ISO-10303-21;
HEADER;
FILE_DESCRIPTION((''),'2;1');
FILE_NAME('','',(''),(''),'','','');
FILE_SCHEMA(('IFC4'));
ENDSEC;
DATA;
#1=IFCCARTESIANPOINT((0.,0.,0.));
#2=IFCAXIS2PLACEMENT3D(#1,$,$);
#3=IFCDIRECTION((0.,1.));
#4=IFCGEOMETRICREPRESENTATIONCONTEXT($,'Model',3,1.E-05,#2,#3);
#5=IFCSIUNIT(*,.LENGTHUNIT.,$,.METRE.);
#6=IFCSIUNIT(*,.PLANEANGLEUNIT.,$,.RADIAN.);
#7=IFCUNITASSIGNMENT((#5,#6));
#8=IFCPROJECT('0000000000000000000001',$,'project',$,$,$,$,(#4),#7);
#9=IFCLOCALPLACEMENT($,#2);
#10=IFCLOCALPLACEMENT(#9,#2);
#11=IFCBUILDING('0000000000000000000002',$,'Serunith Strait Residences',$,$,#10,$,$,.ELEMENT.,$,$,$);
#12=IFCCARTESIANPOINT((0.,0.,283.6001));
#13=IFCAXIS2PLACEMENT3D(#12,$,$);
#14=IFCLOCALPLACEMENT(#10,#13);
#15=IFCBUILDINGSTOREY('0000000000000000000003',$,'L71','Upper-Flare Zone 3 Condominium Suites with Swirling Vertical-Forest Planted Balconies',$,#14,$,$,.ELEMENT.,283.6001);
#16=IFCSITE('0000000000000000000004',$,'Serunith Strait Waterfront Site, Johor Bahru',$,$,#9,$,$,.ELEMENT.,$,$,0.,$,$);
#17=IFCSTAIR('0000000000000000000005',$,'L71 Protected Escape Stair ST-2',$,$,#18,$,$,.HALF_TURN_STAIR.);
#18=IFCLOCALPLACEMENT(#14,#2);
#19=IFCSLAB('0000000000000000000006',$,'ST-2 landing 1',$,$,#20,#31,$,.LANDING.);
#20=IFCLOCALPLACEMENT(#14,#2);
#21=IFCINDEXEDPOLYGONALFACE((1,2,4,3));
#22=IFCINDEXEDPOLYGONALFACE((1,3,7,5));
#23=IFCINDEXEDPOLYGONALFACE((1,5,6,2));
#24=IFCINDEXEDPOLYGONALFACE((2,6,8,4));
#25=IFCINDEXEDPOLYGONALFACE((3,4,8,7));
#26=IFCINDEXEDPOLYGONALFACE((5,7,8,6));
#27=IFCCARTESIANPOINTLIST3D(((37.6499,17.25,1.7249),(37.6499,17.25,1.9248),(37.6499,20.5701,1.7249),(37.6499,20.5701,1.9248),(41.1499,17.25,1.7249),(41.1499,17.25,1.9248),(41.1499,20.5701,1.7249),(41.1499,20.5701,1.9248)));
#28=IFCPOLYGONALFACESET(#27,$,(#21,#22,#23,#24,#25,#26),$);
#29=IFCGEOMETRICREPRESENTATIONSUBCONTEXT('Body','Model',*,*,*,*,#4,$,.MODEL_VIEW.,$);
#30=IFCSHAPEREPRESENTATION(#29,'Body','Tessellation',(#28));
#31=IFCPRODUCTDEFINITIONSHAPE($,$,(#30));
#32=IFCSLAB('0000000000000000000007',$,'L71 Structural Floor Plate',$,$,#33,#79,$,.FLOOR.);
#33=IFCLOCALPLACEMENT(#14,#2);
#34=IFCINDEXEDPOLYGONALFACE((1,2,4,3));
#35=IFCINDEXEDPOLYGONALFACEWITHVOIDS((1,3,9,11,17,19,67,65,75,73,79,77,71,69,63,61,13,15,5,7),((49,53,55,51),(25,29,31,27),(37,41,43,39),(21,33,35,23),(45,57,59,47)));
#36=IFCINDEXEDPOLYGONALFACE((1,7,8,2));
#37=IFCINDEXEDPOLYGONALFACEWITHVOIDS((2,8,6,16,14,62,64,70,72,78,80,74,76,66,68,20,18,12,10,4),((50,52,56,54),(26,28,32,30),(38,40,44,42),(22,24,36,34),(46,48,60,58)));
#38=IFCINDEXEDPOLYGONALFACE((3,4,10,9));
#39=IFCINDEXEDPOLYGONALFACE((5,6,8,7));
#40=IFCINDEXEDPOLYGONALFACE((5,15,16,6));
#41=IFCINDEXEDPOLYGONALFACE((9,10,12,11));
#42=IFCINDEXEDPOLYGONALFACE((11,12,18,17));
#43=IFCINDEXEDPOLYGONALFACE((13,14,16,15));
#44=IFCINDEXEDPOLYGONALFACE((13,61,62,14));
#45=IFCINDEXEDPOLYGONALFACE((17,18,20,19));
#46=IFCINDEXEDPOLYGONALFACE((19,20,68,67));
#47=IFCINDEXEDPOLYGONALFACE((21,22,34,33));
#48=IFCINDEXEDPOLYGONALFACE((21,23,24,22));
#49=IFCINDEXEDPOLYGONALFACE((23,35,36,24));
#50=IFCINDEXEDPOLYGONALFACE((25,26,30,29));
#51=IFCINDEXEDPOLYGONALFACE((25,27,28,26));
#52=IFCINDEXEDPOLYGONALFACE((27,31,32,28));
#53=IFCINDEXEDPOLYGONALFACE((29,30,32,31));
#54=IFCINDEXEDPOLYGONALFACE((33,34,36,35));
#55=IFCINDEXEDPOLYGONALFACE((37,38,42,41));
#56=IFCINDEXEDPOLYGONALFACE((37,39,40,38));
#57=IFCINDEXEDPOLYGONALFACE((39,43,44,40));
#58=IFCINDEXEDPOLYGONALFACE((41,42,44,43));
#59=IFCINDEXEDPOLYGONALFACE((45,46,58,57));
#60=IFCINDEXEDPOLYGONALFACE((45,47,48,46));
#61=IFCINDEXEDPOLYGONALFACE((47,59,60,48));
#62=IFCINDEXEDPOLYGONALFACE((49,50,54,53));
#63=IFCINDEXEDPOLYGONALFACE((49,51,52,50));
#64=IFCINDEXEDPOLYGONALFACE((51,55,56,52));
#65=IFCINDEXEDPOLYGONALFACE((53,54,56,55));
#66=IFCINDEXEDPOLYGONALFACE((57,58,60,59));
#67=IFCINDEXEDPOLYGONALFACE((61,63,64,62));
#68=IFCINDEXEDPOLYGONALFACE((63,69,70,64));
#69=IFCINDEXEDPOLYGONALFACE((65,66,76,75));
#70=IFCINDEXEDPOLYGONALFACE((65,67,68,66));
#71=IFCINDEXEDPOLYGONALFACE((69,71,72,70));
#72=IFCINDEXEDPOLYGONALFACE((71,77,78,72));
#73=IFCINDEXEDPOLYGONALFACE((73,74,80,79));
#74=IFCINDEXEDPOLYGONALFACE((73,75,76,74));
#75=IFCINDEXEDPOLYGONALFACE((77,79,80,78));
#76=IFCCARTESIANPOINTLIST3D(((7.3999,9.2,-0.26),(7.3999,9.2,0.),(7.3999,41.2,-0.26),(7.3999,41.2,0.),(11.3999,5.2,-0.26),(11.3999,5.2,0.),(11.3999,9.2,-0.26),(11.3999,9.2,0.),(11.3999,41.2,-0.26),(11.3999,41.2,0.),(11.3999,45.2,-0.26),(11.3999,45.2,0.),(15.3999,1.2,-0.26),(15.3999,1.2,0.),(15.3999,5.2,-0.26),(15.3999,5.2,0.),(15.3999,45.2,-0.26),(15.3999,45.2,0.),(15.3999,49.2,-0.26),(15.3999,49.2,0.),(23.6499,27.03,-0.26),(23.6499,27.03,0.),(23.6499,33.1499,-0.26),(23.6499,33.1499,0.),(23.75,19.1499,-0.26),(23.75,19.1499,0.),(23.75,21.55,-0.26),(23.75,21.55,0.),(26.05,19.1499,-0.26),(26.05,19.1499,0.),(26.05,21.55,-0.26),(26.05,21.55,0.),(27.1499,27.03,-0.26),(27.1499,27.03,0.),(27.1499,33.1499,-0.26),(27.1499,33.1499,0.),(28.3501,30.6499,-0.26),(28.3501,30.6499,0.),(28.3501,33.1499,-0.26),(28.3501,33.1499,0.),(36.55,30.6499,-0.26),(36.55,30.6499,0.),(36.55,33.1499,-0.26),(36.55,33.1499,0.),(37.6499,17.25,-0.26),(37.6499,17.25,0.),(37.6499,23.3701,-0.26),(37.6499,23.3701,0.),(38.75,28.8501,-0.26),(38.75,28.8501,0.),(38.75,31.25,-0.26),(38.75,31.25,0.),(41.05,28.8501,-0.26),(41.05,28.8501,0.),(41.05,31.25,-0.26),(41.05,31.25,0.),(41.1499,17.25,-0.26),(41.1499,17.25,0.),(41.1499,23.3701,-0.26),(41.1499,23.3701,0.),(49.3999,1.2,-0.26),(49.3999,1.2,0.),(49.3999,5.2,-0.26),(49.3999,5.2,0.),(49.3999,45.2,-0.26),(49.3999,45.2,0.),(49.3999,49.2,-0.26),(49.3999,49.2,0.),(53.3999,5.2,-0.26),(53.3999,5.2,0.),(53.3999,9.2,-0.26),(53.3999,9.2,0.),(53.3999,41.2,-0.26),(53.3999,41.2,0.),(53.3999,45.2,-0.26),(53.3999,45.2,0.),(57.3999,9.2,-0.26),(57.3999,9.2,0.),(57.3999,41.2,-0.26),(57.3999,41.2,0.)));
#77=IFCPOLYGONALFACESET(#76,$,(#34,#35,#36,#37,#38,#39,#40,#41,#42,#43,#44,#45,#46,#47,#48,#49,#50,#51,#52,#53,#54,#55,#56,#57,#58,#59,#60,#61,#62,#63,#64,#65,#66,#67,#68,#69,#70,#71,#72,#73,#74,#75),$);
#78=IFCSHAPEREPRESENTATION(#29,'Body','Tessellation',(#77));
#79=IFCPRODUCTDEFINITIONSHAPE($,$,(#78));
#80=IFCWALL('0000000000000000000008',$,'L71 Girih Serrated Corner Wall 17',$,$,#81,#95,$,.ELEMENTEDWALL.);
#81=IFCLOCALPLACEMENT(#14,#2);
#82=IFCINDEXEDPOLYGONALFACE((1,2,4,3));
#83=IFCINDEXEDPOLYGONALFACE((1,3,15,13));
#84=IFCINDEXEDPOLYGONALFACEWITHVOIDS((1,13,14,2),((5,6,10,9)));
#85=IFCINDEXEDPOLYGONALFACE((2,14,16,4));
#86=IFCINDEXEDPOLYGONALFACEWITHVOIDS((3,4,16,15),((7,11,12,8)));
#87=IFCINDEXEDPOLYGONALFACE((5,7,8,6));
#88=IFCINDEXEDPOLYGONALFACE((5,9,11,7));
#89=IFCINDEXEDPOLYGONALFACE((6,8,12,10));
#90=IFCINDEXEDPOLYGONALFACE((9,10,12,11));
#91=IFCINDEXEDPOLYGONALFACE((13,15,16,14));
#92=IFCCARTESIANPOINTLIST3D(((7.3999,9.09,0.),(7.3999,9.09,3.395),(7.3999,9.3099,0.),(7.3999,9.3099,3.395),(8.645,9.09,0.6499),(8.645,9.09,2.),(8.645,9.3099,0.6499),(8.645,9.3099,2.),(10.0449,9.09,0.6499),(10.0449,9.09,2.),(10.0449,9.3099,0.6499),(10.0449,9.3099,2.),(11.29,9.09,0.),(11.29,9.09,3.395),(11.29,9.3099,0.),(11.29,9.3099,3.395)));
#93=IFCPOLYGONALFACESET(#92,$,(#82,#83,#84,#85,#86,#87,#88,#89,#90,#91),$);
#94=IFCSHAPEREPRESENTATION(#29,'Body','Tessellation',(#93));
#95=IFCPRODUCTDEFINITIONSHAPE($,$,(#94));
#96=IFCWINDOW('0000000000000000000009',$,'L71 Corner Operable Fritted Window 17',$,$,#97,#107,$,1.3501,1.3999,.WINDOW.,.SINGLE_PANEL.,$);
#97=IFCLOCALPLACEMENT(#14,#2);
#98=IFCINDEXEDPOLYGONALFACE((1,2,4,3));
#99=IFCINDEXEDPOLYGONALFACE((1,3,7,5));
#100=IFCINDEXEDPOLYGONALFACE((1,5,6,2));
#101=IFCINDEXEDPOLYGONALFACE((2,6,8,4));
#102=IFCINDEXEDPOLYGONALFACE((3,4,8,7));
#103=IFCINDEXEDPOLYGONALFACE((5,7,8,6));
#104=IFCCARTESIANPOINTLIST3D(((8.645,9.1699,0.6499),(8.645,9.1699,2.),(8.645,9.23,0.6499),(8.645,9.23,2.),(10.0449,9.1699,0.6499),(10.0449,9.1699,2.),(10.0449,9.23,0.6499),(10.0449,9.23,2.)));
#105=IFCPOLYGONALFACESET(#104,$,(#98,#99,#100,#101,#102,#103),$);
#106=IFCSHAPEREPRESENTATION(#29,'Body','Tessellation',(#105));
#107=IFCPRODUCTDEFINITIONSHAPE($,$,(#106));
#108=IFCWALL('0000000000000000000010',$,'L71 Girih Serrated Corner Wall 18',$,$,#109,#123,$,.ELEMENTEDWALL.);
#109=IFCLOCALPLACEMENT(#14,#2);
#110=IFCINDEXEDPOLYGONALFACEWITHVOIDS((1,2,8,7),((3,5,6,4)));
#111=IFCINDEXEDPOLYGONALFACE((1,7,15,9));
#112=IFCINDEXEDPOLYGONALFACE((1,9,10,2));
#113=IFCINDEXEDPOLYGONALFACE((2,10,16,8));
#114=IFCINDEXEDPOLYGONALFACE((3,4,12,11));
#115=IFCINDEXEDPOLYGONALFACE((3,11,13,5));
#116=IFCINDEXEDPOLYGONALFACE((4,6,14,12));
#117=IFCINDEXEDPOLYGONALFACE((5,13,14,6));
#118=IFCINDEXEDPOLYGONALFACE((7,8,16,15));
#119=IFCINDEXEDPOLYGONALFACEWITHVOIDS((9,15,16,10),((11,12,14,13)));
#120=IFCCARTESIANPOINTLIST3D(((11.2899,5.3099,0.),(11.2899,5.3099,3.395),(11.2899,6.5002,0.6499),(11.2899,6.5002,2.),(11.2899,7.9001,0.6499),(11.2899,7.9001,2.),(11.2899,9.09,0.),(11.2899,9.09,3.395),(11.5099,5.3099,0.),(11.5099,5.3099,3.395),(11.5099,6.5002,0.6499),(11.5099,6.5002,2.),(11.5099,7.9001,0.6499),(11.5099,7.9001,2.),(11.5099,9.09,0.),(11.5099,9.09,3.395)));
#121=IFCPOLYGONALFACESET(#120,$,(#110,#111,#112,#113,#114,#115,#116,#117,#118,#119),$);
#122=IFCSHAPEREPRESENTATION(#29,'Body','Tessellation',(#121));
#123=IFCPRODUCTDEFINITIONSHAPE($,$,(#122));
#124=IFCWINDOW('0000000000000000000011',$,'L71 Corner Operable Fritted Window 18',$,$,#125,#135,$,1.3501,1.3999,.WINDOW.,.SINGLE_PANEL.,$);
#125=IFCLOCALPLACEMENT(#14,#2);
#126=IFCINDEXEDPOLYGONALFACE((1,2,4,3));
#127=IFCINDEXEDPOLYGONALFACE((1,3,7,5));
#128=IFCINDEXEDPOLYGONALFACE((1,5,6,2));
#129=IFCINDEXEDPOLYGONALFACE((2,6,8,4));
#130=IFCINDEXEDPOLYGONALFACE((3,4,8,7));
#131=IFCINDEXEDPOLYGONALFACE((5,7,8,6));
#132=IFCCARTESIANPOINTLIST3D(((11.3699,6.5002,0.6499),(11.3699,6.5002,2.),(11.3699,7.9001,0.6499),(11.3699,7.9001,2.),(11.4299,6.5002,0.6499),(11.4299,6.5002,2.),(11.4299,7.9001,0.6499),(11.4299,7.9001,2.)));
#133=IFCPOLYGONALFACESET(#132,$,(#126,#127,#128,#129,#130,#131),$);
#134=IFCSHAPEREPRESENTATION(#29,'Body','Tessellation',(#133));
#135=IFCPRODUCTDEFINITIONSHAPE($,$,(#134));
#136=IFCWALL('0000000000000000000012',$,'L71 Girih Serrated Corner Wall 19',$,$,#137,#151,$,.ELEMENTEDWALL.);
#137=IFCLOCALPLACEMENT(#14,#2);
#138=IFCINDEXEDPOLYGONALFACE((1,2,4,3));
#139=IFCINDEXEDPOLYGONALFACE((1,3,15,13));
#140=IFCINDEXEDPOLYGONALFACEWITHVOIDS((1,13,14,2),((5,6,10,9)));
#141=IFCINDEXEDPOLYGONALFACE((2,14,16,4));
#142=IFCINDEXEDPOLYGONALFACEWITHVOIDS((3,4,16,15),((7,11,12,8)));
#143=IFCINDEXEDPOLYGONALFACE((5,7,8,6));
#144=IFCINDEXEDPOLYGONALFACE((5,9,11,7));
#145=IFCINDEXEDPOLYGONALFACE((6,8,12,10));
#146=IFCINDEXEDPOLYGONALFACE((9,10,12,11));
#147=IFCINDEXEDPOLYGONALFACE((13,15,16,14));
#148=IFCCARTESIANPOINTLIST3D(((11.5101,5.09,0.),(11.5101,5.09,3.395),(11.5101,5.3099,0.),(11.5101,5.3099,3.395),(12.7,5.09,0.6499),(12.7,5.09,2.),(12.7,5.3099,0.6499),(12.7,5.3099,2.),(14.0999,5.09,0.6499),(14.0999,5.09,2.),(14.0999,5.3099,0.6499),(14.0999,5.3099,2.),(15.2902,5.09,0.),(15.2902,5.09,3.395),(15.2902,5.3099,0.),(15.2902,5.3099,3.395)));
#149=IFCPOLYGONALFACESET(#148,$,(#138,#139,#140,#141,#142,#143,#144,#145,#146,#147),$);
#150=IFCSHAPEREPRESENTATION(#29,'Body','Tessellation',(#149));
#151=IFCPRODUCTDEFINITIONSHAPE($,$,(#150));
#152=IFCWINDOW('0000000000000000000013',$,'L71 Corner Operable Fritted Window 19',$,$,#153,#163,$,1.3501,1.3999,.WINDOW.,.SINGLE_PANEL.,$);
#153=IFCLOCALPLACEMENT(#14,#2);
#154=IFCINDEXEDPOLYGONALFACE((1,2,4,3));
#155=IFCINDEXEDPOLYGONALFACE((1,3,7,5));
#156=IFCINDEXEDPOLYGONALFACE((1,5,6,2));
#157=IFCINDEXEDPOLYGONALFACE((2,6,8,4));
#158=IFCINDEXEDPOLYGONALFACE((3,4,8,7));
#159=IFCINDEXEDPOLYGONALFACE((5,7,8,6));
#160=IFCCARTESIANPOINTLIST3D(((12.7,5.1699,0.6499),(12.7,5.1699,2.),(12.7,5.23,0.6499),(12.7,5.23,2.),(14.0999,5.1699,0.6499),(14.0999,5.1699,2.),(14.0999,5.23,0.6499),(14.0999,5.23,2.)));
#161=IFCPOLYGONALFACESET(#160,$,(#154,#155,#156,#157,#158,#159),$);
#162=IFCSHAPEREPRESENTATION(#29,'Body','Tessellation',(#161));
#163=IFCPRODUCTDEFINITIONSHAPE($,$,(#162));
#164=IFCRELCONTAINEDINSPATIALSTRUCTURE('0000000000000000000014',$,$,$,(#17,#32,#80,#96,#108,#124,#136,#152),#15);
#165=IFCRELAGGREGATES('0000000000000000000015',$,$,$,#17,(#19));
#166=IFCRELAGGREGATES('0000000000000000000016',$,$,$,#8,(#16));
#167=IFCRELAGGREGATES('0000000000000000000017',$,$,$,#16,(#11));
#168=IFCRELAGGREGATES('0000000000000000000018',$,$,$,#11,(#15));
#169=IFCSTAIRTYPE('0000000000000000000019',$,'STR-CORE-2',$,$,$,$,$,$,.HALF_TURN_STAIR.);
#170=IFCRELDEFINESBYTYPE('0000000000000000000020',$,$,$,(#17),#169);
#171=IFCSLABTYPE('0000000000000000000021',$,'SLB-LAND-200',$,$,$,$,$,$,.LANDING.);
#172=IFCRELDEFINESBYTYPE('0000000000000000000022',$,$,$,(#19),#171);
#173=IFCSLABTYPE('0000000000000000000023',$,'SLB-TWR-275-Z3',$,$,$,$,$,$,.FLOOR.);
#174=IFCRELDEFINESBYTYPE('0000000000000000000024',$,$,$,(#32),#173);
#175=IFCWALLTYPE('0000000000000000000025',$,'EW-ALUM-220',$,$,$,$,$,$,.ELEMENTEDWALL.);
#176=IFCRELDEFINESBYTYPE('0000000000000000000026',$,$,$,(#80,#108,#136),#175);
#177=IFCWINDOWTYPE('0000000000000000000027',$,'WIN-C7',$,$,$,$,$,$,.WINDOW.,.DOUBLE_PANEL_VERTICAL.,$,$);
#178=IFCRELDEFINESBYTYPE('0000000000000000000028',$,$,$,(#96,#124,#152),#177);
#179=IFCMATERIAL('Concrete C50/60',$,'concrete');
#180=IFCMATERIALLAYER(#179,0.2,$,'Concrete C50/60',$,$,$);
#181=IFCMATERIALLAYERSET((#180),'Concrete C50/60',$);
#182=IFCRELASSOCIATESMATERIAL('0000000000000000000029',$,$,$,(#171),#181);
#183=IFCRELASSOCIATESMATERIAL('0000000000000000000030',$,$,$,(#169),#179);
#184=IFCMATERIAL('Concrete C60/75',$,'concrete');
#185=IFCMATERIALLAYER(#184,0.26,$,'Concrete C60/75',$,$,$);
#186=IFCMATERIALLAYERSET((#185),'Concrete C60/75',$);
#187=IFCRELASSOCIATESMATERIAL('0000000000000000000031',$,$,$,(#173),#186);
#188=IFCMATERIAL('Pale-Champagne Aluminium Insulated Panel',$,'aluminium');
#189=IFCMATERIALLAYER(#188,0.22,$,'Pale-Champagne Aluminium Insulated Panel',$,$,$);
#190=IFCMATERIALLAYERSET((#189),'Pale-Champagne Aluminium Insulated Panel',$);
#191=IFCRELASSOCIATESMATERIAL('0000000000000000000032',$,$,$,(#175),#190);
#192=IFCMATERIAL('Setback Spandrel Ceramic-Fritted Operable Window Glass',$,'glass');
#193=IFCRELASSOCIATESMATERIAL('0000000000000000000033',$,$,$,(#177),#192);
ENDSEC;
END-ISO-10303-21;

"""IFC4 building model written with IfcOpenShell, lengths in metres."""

from ifc_helpers import new_model, si_unit, direction, frame, frame_2d, origin, place, context, subcontext, project, spatial, polyline, rectangle, outline, extrude, source, transform, mapped, material, layer, layer_set, type_object, element, fill, aggregate, save


model = new_model("IFC4")

# Units and contexts
model_context = context("Model", 3, precision=1e-05, world=origin(), true_north=direction((0.0, 1.0)))
body_context = subcontext(model_context, "Body", "Model", "MODEL_VIEW")
ifc_project = project(units=[si_unit("LENGTHUNIT", "METRE"), si_unit("PLANEANGLEUNIT", "RADIAN")], contexts=[model_context])

# Site, building, storey
site_placement = place(None, origin())
site = spatial("IfcSite", under=ifc_project, at=site_placement, Name="Serunith Strait Waterfront Site, Johor Bahru", CompositionType="ELEMENT", RefElevation=0.0)
building_placement = place(site_placement, origin())
building = spatial("IfcBuilding", under=site, at=building_placement, Name="Serunith Strait Residences", CompositionType="ELEMENT")
storey_placement = place(building_placement, frame((0.0, 0.0, 283.6001)))
storey = spatial("IfcBuildingStorey", under=building, at=storey_placement, Name="L71", Description="Upper-Flare Zone 3 Condominium Suites with Swirling Vertical-Forest Planted Balconies", CompositionType="ELEMENT", Elevation=283.6001)

# Shared definitions
ifc_material_1 = material(Name="Concrete C50/60", Category="concrete")

# Stair, slab
ifc_layer_1 = layer(ifc_material_1, 0.2, Name="Concrete C50/60")
ifc_layer_set_1 = layer_set([ifc_layer_1], Name="Concrete C50/60")
slab_type_1 = type_object("IfcSlabType", Name="SLB-LAND-200", PredefinedType="LANDING", material=ifc_layer_set_1)
stair_type_1 = type_object("IfcStairType", Name="STR-CORE-2", PredefinedType="HALF_TURN_STAIR", material=ifc_material_1)
stair_1_placement = place(storey_placement, origin())
stair_1 = element("IfcStair", 1, at=stair_1_placement, inside=storey, type_object=stair_type_1, Name="L71 Protected Escape Stair ST-2", PredefinedType="HALF_TURN_STAIR")
slab_1_placement = place(storey_placement, frame((0.0, 0.0, 1.7249)))
slab_1 = element("IfcSlab", 2, at=slab_1_placement, type_object=slab_type_1, Name="ST-2 landing 1", PredefinedType="LANDING", context=body_context, shape_type="SweptSolid", body=[
    extrude(outline(polyline([(37.6499, 20.5701), (37.6499, 17.25), (41.1499, 17.25), (41.1499, 20.5701), (37.6499, 20.5701)])), origin(), (0.0, 0.0, 1.0), 0.2),
])
aggregate(stair_1, [slab_1])

# Slab
ifc_material_2 = material(Name="Concrete C60/75", Category="concrete")
ifc_layer_2 = layer(ifc_material_2, 0.26, Name="Concrete C60/75")
ifc_layer_set_2 = layer_set([ifc_layer_2], Name="Concrete C60/75")
slab_type_2 = type_object("IfcSlabType", Name="SLB-TWR-275-Z3", PredefinedType="FLOOR", material=ifc_layer_set_2)
slab_2_placement = place(storey_placement, frame((0.0, 0.0, -0.26)))
element("IfcSlab", 3, at=slab_2_placement, inside=storey, type_object=slab_type_2, Name="L71 Structural Floor Plate", PredefinedType="FLOOR", context=body_context, shape_type="SweptSolid", body=[
    extrude(outline(polyline([(15.3999, 5.2), (11.3999, 5.2), (11.3999, 9.2), (7.3999, 9.2), (7.3999, 41.2), (11.3999, 41.2), (11.3999, 45.2), (15.3999, 45.2), (15.3999, 49.2), (49.3999, 49.2), (49.3999, 45.2), (53.3999, 45.2), (53.3999, 41.2), (57.3999, 41.2), (57.3999, 9.2), (53.3999, 9.2), (53.3999, 5.2), (49.3999, 5.2), (49.3999, 1.2), (15.3999, 1.2), (15.3999, 5.2)]), holes=[polyline([(41.1499, 23.3701), (37.6499, 23.3701), (37.6499, 17.25), (41.1499, 17.25), (41.1499, 23.3701)]), polyline([(38.75, 31.25), (38.75, 28.8501), (41.05, 28.8501), (41.05, 31.25), (38.75, 31.25)]), polyline([(36.55, 33.1499), (28.3501, 33.1499), (28.3501, 30.6499), (36.55, 30.6499), (36.55, 33.1499)]), polyline([(23.6499, 33.1499), (23.6499, 27.03), (27.1499, 27.03), (27.1499, 33.1499), (23.6499, 33.1499)]), polyline([(23.75, 21.55), (23.75, 19.1499), (26.05, 19.1499), (26.05, 21.55), (23.75, 21.55)])]), origin(), (0.0, 0.0, 1.0), 0.26),
])

# Walls, openings, windows
ifc_material_3 = material(Name="Pale-Champagne Aluminium Insulated Panel", Category="aluminium")
ifc_layer_3 = layer(ifc_material_3, 0.22, Name="Pale-Champagne Aluminium Insulated Panel")
ifc_layer_set_3 = layer_set([ifc_layer_3], Name="Pale-Champagne Aluminium Insulated Panel")
wall_type = type_object("IfcWallType", Name="EW-ALUM-220", PredefinedType="ELEMENTEDWALL", material=ifc_layer_set_3)
wall_1_placement = place(storey_placement, frame((7.3999, 9.2, 0.0), z_axis=(0.0, 0.0, 1.0), x_axis=(1.0, 0.0, 0.0)))
wall_1 = element("IfcWall", 4, at=wall_1_placement, inside=storey, type_object=wall_type, Name="L71 Girih Serrated Corner Wall 17", PredefinedType="ELEMENTEDWALL", context=body_context, shape_type="SweptSolid", body=[
    extrude(rectangle(XDim=3.8901, YDim=0.22, at=frame_2d((1.9451, 0.0))), origin(), (0.0, 0.0, 1.0), 3.395),
])
opening_1_placement = place(wall_1_placement, frame((1.2451, 0.0, 0.6499)))
opening_1 = element("IfcOpeningElement", 5, at=opening_1_placement, cuts=wall_1, PredefinedType="OPENING", context=body_context, shape_type="SweptSolid", body=[
    extrude(rectangle(XDim=1.3999, YDim=1.3501, at=frame_2d((0.7, 0.675))), frame((0.0, 0.1201, 0.0), z_axis=(0.0, -1.0, 0.0), x_axis=(1.0, 0.0, 0.0)), (0.0, 0.0, 1.0), 0.24),
])
ifc_material_4 = material(Name="Setback Spandrel Ceramic-Fritted Operable Window Glass", Category="glass")
window_type = type_object("IfcWindowType", Name="WIN-C7", PartitioningType="DOUBLE_PANEL_VERTICAL", PredefinedType="WINDOW", material=ifc_material_4)
shared_shape_1 = source(origin(), body_context, "Body", "SweptSolid", [
    extrude(rectangle(XDim=1.3999, YDim=1.3501, at=frame_2d((0.7, 0.675))), frame((0.0, 0.03, 0.0), z_axis=(0.0, -1.0, 0.0), x_axis=(1.0, 0.0, 0.0)), (0.0, 0.0, 1.0), 0.0601),
])
window_1_placement = place(opening_1_placement, origin())
window_1 = element("IfcWindow", 6, at=window_1_placement, inside=storey, type_object=window_type, Name="L71 Corner Operable Fritted Window 17", OverallHeight=1.3501, OverallWidth=1.3999, PartitioningType="SINGLE_PANEL", PredefinedType="WINDOW", context=body_context, shape_type="MappedRepresentation", body=[
    mapped(shared_shape_1, transform((0.0, 0.0, 0.0), scale=1.0)),
])
fill(opening_1, window_1)
wall_2_placement = place(storey_placement, frame((11.3999, 9.0901, 0.0), z_axis=(0.0, 0.0, 1.0), x_axis=(0.0, -1.0, 0.0)))
wall_2 = element("IfcWall", 7, at=wall_2_placement, inside=storey, type_object=wall_type, Name="L71 Girih Serrated Corner Wall 18", PredefinedType="ELEMENTEDWALL", context=body_context, shape_type="SweptSolid", body=[
    extrude(rectangle(XDim=3.78, YDim=0.22, at=frame_2d((1.8901, 0.0))), origin(), (0.0, 0.0, 1.0), 3.395),
])
opening_2_placement = place(wall_2_placement, frame((1.1899, 0.0, 0.6499)))
opening_2 = element("IfcOpeningElement", 8, at=opening_2_placement, cuts=wall_2, PredefinedType="OPENING", context=body_context, shape_type="SweptSolid", body=[
    extrude(rectangle(XDim=1.3999, YDim=1.3501, at=frame_2d((0.7, 0.675))), frame((0.0, 0.1201, 0.0), z_axis=(0.0, -1.0, 0.0), x_axis=(1.0, 0.0, 0.0)), (0.0, 0.0, 1.0), 0.24),
])
window_2_placement = place(opening_2_placement, origin())
window_2 = element("IfcWindow", 9, at=window_2_placement, inside=storey, type_object=window_type, Name="L71 Corner Operable Fritted Window 18", OverallHeight=1.3501, OverallWidth=1.3999, PartitioningType="SINGLE_PANEL", PredefinedType="WINDOW", context=body_context, shape_type="MappedRepresentation", body=[
    mapped(shared_shape_1, transform((0.0, 0.0, 0.0), scale=1.0)),
])
fill(opening_2, window_2)
wall_3_placement = place(storey_placement, frame((11.51, 5.2, 0.0), z_axis=(0.0, 0.0, 1.0), x_axis=(1.0, 0.0, 0.0)))
wall_3 = element("IfcWall", 10, at=wall_3_placement, inside=storey, type_object=wall_type, Name="L71 Girih Serrated Corner Wall 19", PredefinedType="ELEMENTEDWALL", context=body_context, shape_type="SweptSolid", body=[
    extrude(rectangle(XDim=3.78, YDim=0.22, at=frame_2d((1.8901, 0.0))), origin(), (0.0, 0.0, 1.0), 3.395),
])
opening_3_placement = place(wall_3_placement, frame((1.1899, 0.0, 0.6499)))
opening_3 = element("IfcOpeningElement", 11, at=opening_3_placement, cuts=wall_3, PredefinedType="OPENING", context=body_context, shape_type="SweptSolid", body=[
    extrude(rectangle(XDim=1.3999, YDim=1.3501, at=frame_2d((0.7, 0.675))), frame((0.0, 0.1201, 0.0), z_axis=(0.0, -1.0, 0.0), x_axis=(1.0, 0.0, 0.0)), (0.0, 0.0, 1.0), 0.24),
])
window_3_placement = place(opening_3_placement, origin())
window_3 = element("IfcWindow", 12, at=window_3_placement, inside=storey, type_object=window_type, Name="L71 Corner Operable Fritted Window 19", OverallHeight=1.3501, OverallWidth=1.3999, PartitioningType="SINGLE_PANEL", PredefinedType="WINDOW", context=body_context, shape_type="MappedRepresentation", body=[
    mapped(shared_shape_1, transform((0.0, 0.0, 0.0), scale=1.0)),
])
fill(opening_3, window_3)

save(model, "model.ifc")
